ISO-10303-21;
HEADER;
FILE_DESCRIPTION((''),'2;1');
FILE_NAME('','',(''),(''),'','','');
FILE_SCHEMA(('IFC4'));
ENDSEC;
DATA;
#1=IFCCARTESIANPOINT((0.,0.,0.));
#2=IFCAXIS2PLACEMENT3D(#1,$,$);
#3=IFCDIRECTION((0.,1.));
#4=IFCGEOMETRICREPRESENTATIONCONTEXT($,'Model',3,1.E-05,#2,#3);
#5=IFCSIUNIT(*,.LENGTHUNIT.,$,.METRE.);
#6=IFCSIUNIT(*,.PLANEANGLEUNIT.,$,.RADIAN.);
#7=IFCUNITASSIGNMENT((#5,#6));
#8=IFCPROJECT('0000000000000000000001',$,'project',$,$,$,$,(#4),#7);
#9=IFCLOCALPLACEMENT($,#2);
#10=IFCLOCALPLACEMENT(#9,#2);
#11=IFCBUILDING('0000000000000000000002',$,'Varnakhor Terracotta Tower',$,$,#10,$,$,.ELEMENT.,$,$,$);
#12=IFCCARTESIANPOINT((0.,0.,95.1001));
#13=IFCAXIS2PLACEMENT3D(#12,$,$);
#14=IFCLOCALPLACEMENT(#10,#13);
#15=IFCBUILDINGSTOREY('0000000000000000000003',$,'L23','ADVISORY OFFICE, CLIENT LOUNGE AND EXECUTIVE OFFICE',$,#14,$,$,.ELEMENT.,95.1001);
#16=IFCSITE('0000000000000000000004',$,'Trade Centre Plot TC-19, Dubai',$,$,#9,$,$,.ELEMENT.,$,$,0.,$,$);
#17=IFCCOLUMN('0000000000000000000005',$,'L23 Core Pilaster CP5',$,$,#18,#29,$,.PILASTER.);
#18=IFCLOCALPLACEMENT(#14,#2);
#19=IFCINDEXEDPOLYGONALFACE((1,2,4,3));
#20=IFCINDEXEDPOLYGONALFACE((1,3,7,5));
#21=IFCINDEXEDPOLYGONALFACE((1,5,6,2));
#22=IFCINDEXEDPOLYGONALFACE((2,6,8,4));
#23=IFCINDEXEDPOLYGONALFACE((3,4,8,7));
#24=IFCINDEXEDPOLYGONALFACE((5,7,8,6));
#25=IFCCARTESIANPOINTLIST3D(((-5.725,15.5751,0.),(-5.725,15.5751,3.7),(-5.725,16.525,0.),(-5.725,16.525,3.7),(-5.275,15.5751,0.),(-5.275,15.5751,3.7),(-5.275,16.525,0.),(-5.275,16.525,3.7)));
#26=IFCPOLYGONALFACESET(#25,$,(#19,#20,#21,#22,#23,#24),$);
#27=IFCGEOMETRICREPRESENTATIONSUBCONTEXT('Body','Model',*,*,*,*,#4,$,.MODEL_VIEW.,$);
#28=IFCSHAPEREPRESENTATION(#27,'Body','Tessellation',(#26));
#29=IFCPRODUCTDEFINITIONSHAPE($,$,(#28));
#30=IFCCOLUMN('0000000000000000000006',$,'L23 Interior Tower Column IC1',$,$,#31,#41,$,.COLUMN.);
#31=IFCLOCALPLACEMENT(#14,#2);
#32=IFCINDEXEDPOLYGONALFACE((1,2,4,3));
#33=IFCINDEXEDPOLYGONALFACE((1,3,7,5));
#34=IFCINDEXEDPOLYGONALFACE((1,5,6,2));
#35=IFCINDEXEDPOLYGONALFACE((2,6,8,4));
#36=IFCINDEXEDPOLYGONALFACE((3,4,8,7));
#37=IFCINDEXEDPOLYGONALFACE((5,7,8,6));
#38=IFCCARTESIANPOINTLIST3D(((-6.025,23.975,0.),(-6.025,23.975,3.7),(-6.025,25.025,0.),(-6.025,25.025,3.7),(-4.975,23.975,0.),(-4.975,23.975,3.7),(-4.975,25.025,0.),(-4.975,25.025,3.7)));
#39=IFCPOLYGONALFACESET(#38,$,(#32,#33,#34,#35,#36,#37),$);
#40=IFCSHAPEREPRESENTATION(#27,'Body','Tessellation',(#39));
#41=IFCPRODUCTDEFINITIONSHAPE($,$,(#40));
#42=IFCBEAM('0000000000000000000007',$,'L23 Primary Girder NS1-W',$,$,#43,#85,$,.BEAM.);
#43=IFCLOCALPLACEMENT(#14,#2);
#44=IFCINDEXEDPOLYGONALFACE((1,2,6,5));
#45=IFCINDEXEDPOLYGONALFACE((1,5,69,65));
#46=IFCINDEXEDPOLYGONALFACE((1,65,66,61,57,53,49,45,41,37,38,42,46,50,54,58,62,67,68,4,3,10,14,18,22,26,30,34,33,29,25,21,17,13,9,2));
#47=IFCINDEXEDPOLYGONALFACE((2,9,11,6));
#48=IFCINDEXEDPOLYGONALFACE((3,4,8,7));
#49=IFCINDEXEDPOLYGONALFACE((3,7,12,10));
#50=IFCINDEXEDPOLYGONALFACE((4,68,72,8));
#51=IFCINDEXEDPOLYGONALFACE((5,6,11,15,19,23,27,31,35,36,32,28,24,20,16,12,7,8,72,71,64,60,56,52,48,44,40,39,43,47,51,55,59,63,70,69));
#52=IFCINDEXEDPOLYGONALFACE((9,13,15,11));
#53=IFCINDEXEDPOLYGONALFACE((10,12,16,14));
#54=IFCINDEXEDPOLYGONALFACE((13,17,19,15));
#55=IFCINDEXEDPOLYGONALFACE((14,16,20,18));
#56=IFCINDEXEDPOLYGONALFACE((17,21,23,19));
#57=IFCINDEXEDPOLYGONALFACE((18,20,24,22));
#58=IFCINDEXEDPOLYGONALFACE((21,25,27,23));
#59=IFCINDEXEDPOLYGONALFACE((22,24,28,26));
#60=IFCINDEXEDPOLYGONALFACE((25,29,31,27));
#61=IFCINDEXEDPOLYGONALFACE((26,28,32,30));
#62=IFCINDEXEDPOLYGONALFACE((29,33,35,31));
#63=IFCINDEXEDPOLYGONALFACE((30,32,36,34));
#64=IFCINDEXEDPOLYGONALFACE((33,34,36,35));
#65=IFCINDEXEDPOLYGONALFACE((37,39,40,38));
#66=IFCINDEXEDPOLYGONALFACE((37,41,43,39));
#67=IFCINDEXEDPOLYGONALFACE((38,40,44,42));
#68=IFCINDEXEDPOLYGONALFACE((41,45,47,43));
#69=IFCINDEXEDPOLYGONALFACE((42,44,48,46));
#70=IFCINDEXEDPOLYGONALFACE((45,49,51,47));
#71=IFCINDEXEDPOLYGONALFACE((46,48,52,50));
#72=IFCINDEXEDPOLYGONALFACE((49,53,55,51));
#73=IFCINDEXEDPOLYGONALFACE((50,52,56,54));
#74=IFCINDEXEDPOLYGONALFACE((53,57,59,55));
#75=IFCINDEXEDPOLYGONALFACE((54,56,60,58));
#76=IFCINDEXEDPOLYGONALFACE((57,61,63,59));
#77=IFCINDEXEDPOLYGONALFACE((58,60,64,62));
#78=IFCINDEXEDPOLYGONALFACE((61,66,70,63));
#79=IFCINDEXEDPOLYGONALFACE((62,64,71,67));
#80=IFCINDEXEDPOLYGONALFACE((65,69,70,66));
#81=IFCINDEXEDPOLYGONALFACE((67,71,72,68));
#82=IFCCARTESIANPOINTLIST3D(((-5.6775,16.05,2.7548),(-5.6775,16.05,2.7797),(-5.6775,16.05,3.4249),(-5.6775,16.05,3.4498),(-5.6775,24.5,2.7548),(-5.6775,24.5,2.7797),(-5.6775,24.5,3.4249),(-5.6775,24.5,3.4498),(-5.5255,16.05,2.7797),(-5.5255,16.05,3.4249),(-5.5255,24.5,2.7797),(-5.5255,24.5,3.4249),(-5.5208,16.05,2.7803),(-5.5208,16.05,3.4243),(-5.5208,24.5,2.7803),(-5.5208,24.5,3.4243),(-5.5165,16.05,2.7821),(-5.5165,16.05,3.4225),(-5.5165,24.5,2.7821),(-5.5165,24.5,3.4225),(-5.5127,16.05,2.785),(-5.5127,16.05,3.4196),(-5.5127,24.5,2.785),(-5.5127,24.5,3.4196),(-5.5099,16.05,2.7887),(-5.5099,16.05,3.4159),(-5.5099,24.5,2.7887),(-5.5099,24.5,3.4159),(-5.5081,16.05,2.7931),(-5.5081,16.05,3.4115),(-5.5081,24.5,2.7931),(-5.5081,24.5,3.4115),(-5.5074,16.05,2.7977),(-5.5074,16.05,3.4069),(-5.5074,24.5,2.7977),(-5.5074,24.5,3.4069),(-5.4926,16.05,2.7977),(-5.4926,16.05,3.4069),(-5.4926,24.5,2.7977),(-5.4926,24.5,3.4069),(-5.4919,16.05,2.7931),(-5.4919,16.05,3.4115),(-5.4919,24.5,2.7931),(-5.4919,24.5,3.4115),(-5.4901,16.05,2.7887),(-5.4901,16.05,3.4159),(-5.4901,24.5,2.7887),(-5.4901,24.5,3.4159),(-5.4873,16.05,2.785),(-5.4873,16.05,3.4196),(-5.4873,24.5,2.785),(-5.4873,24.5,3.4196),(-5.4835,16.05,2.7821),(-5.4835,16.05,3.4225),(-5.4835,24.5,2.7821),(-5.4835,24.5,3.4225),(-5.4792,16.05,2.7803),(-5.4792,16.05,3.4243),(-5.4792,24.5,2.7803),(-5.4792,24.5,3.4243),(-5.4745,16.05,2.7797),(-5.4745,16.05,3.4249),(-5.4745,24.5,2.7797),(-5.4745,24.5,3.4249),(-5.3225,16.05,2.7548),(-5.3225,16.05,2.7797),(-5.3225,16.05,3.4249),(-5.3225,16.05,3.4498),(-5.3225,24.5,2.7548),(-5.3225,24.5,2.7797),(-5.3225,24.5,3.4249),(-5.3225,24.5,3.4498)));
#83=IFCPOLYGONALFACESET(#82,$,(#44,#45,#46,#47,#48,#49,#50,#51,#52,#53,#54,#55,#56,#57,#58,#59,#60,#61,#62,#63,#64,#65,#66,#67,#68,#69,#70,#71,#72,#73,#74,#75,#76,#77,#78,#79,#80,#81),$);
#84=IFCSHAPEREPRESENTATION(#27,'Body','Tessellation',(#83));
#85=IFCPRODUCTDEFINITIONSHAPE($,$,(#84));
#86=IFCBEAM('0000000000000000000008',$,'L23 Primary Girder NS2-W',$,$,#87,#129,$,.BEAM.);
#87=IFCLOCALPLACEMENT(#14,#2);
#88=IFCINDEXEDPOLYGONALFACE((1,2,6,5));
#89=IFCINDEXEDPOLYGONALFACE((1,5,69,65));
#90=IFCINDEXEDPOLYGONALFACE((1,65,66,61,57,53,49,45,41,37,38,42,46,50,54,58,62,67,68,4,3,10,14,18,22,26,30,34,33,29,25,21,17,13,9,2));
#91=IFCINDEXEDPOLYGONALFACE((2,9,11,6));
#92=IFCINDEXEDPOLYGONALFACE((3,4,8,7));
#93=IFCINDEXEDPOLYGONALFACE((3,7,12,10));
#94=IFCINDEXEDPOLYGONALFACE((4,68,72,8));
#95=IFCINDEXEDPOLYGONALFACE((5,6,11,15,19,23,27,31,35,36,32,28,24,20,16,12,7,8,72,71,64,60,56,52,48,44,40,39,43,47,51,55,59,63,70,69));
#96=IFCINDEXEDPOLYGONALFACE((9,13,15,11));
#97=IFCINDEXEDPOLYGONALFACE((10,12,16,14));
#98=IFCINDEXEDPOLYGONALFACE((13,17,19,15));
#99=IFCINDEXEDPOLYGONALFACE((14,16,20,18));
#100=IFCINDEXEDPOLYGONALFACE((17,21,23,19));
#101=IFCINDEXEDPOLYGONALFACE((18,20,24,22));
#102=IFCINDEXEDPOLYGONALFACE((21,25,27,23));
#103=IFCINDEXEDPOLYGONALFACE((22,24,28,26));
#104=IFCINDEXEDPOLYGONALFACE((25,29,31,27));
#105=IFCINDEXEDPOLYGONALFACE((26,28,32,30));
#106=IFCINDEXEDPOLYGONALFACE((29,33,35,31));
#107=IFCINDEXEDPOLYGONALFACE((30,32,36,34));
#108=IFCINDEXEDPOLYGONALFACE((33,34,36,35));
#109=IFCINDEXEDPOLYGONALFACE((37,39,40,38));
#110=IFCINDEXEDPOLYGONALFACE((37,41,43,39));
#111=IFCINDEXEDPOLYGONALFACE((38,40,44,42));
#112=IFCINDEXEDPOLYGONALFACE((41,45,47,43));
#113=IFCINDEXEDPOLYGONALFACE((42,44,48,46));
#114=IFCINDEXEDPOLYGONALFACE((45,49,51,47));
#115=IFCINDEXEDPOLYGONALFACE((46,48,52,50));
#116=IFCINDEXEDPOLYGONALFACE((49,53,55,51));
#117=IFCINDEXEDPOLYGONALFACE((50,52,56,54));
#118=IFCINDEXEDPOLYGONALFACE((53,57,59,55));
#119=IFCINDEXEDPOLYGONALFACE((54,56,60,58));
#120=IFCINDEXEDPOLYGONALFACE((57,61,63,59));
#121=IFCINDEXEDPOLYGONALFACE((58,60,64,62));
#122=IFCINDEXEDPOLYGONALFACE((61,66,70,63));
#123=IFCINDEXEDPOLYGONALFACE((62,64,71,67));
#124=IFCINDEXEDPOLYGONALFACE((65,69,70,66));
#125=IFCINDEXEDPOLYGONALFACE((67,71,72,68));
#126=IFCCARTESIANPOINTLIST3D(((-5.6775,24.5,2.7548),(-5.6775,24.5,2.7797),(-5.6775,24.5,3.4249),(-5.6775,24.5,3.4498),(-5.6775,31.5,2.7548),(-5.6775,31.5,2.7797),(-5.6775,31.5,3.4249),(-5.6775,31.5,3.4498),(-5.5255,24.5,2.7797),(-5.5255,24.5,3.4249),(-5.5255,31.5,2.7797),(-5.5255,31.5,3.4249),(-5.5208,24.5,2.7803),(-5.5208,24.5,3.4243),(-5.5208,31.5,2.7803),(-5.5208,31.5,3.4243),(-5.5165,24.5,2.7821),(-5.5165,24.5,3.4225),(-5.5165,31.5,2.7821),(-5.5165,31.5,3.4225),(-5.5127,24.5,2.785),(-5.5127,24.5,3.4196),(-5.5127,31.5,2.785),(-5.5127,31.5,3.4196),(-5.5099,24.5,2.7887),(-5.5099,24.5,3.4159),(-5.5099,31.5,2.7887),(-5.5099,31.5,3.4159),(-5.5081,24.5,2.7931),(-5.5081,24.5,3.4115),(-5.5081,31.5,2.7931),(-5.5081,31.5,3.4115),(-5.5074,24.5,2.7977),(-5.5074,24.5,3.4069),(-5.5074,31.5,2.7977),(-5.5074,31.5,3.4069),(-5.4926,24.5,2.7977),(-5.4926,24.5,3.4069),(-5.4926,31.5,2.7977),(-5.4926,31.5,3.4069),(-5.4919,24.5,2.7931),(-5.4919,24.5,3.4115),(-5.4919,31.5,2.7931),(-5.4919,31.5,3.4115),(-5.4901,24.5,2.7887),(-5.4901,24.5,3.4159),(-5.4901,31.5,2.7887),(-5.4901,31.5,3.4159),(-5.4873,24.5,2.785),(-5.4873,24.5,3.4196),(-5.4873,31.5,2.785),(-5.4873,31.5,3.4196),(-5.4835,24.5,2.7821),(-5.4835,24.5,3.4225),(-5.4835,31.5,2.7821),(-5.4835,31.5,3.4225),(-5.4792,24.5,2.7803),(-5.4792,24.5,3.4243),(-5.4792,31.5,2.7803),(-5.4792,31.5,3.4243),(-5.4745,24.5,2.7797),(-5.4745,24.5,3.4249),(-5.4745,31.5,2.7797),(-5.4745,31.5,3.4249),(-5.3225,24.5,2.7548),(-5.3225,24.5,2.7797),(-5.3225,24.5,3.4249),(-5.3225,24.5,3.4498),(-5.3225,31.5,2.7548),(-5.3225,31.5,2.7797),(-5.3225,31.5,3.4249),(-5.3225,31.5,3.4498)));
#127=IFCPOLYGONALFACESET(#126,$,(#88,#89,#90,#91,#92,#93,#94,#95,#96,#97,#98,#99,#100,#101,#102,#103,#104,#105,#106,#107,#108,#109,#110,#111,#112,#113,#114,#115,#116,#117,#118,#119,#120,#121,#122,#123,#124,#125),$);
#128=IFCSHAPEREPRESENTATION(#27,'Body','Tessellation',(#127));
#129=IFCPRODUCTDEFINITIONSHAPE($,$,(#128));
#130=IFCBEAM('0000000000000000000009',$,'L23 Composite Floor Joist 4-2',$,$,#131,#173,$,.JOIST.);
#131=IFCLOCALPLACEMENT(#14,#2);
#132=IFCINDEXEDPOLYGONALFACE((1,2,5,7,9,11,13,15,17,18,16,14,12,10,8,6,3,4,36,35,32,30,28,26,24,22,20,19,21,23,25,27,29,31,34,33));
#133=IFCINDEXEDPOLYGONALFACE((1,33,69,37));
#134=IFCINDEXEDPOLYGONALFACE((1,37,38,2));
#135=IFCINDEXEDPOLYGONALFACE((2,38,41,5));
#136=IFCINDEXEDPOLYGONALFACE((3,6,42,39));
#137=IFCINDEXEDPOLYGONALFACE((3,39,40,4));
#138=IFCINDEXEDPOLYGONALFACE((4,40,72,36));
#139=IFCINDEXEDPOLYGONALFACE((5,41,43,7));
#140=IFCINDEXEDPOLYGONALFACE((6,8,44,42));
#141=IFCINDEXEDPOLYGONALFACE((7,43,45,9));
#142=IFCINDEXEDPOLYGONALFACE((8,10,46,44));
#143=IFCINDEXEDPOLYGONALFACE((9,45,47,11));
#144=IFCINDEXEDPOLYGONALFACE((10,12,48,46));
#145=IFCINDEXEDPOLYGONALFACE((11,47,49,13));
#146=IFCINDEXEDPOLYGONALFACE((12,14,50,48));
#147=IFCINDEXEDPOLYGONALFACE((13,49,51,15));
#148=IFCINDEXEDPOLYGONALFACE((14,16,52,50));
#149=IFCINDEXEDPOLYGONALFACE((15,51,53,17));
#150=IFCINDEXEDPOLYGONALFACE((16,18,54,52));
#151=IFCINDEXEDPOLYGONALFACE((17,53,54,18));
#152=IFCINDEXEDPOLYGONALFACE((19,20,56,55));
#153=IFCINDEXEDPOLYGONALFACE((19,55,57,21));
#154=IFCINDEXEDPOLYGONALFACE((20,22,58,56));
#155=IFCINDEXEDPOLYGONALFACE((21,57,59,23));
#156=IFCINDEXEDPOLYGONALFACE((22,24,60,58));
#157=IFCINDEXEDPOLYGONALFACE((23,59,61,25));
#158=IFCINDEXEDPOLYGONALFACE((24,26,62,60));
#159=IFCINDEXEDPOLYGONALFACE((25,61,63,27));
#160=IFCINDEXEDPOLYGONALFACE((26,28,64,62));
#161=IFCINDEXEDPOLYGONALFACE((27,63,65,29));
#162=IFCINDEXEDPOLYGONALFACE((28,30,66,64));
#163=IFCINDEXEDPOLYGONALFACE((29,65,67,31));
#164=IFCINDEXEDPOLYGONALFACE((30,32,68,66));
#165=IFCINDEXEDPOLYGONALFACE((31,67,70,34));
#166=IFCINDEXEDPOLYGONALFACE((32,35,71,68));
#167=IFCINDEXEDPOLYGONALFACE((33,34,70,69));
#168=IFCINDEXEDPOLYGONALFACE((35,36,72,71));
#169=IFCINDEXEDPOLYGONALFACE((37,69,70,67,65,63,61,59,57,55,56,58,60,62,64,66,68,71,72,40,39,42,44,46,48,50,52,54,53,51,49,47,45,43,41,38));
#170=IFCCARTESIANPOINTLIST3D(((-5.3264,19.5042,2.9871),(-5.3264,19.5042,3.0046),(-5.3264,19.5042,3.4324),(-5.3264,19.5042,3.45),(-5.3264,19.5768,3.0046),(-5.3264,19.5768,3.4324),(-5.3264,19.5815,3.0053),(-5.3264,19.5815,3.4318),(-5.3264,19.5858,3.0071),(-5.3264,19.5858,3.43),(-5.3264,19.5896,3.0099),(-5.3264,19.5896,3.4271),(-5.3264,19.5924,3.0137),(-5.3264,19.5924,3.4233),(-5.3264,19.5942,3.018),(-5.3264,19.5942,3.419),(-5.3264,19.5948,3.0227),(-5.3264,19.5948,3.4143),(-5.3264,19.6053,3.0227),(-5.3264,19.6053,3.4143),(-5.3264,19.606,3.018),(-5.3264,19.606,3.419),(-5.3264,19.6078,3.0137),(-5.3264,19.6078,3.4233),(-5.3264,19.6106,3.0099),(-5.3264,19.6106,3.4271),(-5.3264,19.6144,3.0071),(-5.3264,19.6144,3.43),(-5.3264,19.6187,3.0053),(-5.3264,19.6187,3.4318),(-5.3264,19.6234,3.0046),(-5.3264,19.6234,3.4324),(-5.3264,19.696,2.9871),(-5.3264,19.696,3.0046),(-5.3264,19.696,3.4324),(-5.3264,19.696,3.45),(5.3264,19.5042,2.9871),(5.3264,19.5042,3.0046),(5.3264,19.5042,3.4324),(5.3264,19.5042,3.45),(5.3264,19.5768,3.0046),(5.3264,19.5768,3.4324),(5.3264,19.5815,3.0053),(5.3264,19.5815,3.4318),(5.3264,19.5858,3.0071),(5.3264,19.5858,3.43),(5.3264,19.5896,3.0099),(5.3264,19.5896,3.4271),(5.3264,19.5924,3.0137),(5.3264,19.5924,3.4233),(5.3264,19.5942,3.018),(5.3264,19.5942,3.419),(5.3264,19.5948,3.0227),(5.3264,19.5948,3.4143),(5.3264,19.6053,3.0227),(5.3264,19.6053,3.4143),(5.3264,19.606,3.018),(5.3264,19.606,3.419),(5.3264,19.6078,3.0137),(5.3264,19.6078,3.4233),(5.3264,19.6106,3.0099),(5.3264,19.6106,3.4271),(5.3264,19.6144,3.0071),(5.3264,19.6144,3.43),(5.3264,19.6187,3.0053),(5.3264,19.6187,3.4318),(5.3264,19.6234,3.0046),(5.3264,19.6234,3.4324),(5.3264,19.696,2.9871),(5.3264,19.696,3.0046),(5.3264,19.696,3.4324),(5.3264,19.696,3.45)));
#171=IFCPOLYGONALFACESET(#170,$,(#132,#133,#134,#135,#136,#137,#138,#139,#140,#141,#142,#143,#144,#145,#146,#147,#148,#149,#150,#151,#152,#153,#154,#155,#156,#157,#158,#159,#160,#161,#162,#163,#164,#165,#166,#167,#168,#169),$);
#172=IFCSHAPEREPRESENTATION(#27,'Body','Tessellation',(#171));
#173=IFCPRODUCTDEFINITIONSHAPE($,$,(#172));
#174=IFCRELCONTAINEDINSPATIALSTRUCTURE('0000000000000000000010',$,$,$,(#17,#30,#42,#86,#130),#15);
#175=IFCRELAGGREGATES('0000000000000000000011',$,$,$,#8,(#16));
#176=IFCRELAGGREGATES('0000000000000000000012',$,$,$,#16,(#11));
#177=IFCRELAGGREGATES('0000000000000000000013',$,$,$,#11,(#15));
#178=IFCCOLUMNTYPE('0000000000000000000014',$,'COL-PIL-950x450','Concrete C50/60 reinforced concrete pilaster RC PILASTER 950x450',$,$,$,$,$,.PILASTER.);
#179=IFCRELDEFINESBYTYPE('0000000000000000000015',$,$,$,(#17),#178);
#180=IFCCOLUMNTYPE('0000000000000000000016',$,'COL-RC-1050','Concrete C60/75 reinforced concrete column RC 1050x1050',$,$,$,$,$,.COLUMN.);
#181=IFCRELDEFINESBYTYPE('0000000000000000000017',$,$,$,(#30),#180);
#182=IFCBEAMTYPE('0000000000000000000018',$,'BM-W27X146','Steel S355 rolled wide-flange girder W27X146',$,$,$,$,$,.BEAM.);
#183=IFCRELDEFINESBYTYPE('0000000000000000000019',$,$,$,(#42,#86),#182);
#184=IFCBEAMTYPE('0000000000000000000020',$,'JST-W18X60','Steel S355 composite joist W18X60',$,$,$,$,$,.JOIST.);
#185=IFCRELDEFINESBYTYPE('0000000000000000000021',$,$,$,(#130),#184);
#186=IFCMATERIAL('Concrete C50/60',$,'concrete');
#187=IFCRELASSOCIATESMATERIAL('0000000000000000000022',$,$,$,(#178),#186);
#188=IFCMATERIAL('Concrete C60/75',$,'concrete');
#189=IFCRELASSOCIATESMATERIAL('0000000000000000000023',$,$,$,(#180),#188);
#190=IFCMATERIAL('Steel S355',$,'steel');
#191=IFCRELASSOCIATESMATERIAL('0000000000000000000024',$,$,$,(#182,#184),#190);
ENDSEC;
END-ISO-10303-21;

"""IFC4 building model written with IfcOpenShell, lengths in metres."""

from ifc_helpers import new_model, si_unit, direction, frame, origin, origin_2d, place, context, subcontext, project, spatial, rectangle, i_section, extrude, source, transform, mapped, material, material_profile, profile_set, type_object, type_shapes, element, save


model = new_model("IFC4")

# Units and contexts
model_context = context("Model", 3, precision=1e-05, world=origin(), true_north=direction((0.0, 1.0)))
body_context = subcontext(model_context, "Body", "Model", "MODEL_VIEW")
ifc_project = project(units=[si_unit("LENGTHUNIT", "METRE"), si_unit("PLANEANGLEUNIT", "RADIAN")], contexts=[model_context])

# Site, building, storey
site_placement = place(None, origin())
site = spatial("IfcSite", under=ifc_project, at=site_placement, Name="Trade Centre Plot TC-19, Dubai", CompositionType="ELEMENT", RefElevation=0.0)
building_placement = place(site_placement, origin())
building = spatial("IfcBuilding", under=site, at=building_placement, Name="Varnakhor Terracotta Tower", CompositionType="ELEMENT")
storey_placement = place(building_placement, frame((0.0, 0.0, 95.1001)))
storey = spatial("IfcBuildingStorey", under=building, at=storey_placement, Name="L23", Description="ADVISORY OFFICE, CLIENT LOUNGE AND EXECUTIVE OFFICE", CompositionType="ELEMENT", Elevation=95.1001)

# Columns
ifc_material_1 = material(Name="Concrete C50/60", Category="concrete")
ifc_material_profile_1 = material_profile(ifc_material_1, rectangle(XDim=0.45, YDim=0.95, at=origin_2d()), Name="RC PILASTER 950x450")
ifc_profile_set_1 = profile_set([ifc_material_profile_1], Name="Concrete C50/60")
column_type_1 = type_object("IfcColumnType", Name="COL-PIL-950x450", Description="Concrete C50/60 reinforced concrete pilaster RC PILASTER 950x450", PredefinedType="PILASTER", material=ifc_profile_set_1)
shared_shape_1 = source(origin(), body_context, "Body", "SweptSolid", [
    extrude(rectangle(XDim=0.45, YDim=0.95, at=origin_2d()), origin(), (0.0, 0.0, 1.0), 3.7),
])
column_1_placement = place(storey_placement, frame((-5.5, 16.05, 0.0), z_axis=(0.0, 0.0, 1.0), x_axis=(1.0, 0.0, 0.0)))
element("IfcColumn", 1, at=column_1_placement, inside=storey, type_object=column_type_1, Name="L23 Core Pilaster CP5", PredefinedType="PILASTER", context=body_context, shape_type="MappedRepresentation", body=[
    mapped(shared_shape_1, transform((0.0, 0.0, 0.0), scale=1.0)),
])
ifc_material_2 = material(Name="Concrete C60/75", Category="concrete")
ifc_material_profile_2 = material_profile(ifc_material_2, rectangle(XDim=1.05, YDim=1.05, at=origin_2d()), Name="RC 1050x1050")
ifc_profile_set_2 = profile_set([ifc_material_profile_2], Name="Concrete C60/75")
column_type_2 = type_object("IfcColumnType", Name="COL-RC-1050", Description="Concrete C60/75 reinforced concrete column RC 1050x1050", PredefinedType="COLUMN", material=ifc_profile_set_2)
shared_shape_2 = source(origin(), body_context, "Body", "SweptSolid", [
    extrude(rectangle(XDim=1.05, YDim=1.05, at=origin_2d()), origin(), (0.0, 0.0, 1.0), 3.7),
])
column_2_placement = place(storey_placement, frame((-5.5, 24.5, 0.0), z_axis=(0.0, 0.0, 1.0), x_axis=(1.0, 0.0, 0.0)))
element("IfcColumn", 2, at=column_2_placement, inside=storey, type_object=column_type_2, Name="L23 Interior Tower Column IC1", PredefinedType="COLUMN", context=body_context, shape_type="MappedRepresentation", body=[
    mapped(shared_shape_2, transform((0.0, 0.0, 0.0), scale=1.0)),
])

# Beams
ifc_material_3 = material(Name="Steel S355", Category="steel")
ifc_material_profile_3 = material_profile(ifc_material_3, i_section(OverallWidth=0.355, OverallDepth=0.6951, WebThickness=0.0149, FlangeThickness=0.0249, FilletRadius=0.0181, at=origin_2d()), Name="W27X146")
ifc_profile_set_3 = profile_set([ifc_material_profile_3], Name="Steel S355")
beam_type_1 = type_object("IfcBeamType", Name="BM-W27X146", Description="Steel S355 rolled wide-flange girder W27X146", PredefinedType="BEAM", material=ifc_profile_set_3)
shared_shape_3 = source(origin(), body_context, "Body", "SweptSolid", [
    extrude(i_section(OverallWidth=0.355, OverallDepth=0.6951, WebThickness=0.0149, FlangeThickness=0.0249, FilletRadius=0.0181, at=origin_2d()), origin(), (0.0, 0.0, 1.0), 8.45),
])
type_shapes(beam_type_1, [shared_shape_3])
beam_1_placement = place(storey_placement, frame((-5.5, 16.05, 3.1023), z_axis=(0.0, 1.0, 0.0), x_axis=(-1.0, 0.0, 0.0)))
element("IfcBeam", 3, at=beam_1_placement, inside=storey, type_object=beam_type_1, Name="L23 Primary Girder NS1-W", PredefinedType="BEAM", context=body_context, shape_type="MappedRepresentation", body=[
    mapped(shared_shape_3, transform((0.0, 0.0, 0.0), scale=1.0)),
])
shared_shape_4 = source(origin(), body_context, "Body", "SweptSolid", [
    extrude(i_section(OverallWidth=0.355, OverallDepth=0.6951, WebThickness=0.0149, FlangeThickness=0.0249, FilletRadius=0.0181, at=origin_2d()), origin(), (0.0, 0.0, 1.0), 7.0),
])
beam_2_placement = place(storey_placement, frame((-5.5, 24.5, 3.1023), z_axis=(0.0, 1.0, 0.0), x_axis=(-1.0, 0.0, 0.0)))
element("IfcBeam", 4, at=beam_2_placement, inside=storey, type_object=beam_type_1, Name="L23 Primary Girder NS2-W", PredefinedType="BEAM", context=body_context, shape_type="MappedRepresentation", body=[
    mapped(shared_shape_4, transform((0.0, 0.0, 0.0), scale=1.0)),
])
ifc_material_profile_4 = material_profile(ifc_material_3, i_section(OverallWidth=0.1919, OverallDepth=0.4629, WebThickness=0.0105, FlangeThickness=0.0176, FilletRadius=0.0181, at=origin_2d()), Name="W18X60")
ifc_profile_set_4 = profile_set([ifc_material_profile_4], Name="Steel S355")
beam_type_2 = type_object("IfcBeamType", Name="JST-W18X60", Description="Steel S355 composite joist W18X60", PredefinedType="JOIST", material=ifc_profile_set_4)
shared_shape_5 = source(origin(), body_context, "Body", "SweptSolid", [
    extrude(i_section(OverallWidth=0.1919, OverallDepth=0.4629, WebThickness=0.0105, FlangeThickness=0.0176, FilletRadius=0.0181, at=origin_2d()), origin(), (0.0, 0.0, 1.0), 10.6528),
])
for number, where, z_axis, x_axis, name in (
    (5, (-5.3264, 19.6001, 3.2185), (1.0, 0.0, 0.0), (0.0, 1.0, 0.0), "L23 Composite Floor Joist 4-2"),
):
    element("IfcBeam", number, at=place(storey_placement, frame(where, z_axis=z_axis, x_axis=x_axis)), inside=storey, type_object=beam_type_2, Name=name, PredefinedType="JOIST", context=body_context, shape_type="MappedRepresentation", body=[
        mapped(shared_shape_5, transform((0.0, 0.0, 0.0), scale=1.0)),
    ])

save(model, "model.ifc")
